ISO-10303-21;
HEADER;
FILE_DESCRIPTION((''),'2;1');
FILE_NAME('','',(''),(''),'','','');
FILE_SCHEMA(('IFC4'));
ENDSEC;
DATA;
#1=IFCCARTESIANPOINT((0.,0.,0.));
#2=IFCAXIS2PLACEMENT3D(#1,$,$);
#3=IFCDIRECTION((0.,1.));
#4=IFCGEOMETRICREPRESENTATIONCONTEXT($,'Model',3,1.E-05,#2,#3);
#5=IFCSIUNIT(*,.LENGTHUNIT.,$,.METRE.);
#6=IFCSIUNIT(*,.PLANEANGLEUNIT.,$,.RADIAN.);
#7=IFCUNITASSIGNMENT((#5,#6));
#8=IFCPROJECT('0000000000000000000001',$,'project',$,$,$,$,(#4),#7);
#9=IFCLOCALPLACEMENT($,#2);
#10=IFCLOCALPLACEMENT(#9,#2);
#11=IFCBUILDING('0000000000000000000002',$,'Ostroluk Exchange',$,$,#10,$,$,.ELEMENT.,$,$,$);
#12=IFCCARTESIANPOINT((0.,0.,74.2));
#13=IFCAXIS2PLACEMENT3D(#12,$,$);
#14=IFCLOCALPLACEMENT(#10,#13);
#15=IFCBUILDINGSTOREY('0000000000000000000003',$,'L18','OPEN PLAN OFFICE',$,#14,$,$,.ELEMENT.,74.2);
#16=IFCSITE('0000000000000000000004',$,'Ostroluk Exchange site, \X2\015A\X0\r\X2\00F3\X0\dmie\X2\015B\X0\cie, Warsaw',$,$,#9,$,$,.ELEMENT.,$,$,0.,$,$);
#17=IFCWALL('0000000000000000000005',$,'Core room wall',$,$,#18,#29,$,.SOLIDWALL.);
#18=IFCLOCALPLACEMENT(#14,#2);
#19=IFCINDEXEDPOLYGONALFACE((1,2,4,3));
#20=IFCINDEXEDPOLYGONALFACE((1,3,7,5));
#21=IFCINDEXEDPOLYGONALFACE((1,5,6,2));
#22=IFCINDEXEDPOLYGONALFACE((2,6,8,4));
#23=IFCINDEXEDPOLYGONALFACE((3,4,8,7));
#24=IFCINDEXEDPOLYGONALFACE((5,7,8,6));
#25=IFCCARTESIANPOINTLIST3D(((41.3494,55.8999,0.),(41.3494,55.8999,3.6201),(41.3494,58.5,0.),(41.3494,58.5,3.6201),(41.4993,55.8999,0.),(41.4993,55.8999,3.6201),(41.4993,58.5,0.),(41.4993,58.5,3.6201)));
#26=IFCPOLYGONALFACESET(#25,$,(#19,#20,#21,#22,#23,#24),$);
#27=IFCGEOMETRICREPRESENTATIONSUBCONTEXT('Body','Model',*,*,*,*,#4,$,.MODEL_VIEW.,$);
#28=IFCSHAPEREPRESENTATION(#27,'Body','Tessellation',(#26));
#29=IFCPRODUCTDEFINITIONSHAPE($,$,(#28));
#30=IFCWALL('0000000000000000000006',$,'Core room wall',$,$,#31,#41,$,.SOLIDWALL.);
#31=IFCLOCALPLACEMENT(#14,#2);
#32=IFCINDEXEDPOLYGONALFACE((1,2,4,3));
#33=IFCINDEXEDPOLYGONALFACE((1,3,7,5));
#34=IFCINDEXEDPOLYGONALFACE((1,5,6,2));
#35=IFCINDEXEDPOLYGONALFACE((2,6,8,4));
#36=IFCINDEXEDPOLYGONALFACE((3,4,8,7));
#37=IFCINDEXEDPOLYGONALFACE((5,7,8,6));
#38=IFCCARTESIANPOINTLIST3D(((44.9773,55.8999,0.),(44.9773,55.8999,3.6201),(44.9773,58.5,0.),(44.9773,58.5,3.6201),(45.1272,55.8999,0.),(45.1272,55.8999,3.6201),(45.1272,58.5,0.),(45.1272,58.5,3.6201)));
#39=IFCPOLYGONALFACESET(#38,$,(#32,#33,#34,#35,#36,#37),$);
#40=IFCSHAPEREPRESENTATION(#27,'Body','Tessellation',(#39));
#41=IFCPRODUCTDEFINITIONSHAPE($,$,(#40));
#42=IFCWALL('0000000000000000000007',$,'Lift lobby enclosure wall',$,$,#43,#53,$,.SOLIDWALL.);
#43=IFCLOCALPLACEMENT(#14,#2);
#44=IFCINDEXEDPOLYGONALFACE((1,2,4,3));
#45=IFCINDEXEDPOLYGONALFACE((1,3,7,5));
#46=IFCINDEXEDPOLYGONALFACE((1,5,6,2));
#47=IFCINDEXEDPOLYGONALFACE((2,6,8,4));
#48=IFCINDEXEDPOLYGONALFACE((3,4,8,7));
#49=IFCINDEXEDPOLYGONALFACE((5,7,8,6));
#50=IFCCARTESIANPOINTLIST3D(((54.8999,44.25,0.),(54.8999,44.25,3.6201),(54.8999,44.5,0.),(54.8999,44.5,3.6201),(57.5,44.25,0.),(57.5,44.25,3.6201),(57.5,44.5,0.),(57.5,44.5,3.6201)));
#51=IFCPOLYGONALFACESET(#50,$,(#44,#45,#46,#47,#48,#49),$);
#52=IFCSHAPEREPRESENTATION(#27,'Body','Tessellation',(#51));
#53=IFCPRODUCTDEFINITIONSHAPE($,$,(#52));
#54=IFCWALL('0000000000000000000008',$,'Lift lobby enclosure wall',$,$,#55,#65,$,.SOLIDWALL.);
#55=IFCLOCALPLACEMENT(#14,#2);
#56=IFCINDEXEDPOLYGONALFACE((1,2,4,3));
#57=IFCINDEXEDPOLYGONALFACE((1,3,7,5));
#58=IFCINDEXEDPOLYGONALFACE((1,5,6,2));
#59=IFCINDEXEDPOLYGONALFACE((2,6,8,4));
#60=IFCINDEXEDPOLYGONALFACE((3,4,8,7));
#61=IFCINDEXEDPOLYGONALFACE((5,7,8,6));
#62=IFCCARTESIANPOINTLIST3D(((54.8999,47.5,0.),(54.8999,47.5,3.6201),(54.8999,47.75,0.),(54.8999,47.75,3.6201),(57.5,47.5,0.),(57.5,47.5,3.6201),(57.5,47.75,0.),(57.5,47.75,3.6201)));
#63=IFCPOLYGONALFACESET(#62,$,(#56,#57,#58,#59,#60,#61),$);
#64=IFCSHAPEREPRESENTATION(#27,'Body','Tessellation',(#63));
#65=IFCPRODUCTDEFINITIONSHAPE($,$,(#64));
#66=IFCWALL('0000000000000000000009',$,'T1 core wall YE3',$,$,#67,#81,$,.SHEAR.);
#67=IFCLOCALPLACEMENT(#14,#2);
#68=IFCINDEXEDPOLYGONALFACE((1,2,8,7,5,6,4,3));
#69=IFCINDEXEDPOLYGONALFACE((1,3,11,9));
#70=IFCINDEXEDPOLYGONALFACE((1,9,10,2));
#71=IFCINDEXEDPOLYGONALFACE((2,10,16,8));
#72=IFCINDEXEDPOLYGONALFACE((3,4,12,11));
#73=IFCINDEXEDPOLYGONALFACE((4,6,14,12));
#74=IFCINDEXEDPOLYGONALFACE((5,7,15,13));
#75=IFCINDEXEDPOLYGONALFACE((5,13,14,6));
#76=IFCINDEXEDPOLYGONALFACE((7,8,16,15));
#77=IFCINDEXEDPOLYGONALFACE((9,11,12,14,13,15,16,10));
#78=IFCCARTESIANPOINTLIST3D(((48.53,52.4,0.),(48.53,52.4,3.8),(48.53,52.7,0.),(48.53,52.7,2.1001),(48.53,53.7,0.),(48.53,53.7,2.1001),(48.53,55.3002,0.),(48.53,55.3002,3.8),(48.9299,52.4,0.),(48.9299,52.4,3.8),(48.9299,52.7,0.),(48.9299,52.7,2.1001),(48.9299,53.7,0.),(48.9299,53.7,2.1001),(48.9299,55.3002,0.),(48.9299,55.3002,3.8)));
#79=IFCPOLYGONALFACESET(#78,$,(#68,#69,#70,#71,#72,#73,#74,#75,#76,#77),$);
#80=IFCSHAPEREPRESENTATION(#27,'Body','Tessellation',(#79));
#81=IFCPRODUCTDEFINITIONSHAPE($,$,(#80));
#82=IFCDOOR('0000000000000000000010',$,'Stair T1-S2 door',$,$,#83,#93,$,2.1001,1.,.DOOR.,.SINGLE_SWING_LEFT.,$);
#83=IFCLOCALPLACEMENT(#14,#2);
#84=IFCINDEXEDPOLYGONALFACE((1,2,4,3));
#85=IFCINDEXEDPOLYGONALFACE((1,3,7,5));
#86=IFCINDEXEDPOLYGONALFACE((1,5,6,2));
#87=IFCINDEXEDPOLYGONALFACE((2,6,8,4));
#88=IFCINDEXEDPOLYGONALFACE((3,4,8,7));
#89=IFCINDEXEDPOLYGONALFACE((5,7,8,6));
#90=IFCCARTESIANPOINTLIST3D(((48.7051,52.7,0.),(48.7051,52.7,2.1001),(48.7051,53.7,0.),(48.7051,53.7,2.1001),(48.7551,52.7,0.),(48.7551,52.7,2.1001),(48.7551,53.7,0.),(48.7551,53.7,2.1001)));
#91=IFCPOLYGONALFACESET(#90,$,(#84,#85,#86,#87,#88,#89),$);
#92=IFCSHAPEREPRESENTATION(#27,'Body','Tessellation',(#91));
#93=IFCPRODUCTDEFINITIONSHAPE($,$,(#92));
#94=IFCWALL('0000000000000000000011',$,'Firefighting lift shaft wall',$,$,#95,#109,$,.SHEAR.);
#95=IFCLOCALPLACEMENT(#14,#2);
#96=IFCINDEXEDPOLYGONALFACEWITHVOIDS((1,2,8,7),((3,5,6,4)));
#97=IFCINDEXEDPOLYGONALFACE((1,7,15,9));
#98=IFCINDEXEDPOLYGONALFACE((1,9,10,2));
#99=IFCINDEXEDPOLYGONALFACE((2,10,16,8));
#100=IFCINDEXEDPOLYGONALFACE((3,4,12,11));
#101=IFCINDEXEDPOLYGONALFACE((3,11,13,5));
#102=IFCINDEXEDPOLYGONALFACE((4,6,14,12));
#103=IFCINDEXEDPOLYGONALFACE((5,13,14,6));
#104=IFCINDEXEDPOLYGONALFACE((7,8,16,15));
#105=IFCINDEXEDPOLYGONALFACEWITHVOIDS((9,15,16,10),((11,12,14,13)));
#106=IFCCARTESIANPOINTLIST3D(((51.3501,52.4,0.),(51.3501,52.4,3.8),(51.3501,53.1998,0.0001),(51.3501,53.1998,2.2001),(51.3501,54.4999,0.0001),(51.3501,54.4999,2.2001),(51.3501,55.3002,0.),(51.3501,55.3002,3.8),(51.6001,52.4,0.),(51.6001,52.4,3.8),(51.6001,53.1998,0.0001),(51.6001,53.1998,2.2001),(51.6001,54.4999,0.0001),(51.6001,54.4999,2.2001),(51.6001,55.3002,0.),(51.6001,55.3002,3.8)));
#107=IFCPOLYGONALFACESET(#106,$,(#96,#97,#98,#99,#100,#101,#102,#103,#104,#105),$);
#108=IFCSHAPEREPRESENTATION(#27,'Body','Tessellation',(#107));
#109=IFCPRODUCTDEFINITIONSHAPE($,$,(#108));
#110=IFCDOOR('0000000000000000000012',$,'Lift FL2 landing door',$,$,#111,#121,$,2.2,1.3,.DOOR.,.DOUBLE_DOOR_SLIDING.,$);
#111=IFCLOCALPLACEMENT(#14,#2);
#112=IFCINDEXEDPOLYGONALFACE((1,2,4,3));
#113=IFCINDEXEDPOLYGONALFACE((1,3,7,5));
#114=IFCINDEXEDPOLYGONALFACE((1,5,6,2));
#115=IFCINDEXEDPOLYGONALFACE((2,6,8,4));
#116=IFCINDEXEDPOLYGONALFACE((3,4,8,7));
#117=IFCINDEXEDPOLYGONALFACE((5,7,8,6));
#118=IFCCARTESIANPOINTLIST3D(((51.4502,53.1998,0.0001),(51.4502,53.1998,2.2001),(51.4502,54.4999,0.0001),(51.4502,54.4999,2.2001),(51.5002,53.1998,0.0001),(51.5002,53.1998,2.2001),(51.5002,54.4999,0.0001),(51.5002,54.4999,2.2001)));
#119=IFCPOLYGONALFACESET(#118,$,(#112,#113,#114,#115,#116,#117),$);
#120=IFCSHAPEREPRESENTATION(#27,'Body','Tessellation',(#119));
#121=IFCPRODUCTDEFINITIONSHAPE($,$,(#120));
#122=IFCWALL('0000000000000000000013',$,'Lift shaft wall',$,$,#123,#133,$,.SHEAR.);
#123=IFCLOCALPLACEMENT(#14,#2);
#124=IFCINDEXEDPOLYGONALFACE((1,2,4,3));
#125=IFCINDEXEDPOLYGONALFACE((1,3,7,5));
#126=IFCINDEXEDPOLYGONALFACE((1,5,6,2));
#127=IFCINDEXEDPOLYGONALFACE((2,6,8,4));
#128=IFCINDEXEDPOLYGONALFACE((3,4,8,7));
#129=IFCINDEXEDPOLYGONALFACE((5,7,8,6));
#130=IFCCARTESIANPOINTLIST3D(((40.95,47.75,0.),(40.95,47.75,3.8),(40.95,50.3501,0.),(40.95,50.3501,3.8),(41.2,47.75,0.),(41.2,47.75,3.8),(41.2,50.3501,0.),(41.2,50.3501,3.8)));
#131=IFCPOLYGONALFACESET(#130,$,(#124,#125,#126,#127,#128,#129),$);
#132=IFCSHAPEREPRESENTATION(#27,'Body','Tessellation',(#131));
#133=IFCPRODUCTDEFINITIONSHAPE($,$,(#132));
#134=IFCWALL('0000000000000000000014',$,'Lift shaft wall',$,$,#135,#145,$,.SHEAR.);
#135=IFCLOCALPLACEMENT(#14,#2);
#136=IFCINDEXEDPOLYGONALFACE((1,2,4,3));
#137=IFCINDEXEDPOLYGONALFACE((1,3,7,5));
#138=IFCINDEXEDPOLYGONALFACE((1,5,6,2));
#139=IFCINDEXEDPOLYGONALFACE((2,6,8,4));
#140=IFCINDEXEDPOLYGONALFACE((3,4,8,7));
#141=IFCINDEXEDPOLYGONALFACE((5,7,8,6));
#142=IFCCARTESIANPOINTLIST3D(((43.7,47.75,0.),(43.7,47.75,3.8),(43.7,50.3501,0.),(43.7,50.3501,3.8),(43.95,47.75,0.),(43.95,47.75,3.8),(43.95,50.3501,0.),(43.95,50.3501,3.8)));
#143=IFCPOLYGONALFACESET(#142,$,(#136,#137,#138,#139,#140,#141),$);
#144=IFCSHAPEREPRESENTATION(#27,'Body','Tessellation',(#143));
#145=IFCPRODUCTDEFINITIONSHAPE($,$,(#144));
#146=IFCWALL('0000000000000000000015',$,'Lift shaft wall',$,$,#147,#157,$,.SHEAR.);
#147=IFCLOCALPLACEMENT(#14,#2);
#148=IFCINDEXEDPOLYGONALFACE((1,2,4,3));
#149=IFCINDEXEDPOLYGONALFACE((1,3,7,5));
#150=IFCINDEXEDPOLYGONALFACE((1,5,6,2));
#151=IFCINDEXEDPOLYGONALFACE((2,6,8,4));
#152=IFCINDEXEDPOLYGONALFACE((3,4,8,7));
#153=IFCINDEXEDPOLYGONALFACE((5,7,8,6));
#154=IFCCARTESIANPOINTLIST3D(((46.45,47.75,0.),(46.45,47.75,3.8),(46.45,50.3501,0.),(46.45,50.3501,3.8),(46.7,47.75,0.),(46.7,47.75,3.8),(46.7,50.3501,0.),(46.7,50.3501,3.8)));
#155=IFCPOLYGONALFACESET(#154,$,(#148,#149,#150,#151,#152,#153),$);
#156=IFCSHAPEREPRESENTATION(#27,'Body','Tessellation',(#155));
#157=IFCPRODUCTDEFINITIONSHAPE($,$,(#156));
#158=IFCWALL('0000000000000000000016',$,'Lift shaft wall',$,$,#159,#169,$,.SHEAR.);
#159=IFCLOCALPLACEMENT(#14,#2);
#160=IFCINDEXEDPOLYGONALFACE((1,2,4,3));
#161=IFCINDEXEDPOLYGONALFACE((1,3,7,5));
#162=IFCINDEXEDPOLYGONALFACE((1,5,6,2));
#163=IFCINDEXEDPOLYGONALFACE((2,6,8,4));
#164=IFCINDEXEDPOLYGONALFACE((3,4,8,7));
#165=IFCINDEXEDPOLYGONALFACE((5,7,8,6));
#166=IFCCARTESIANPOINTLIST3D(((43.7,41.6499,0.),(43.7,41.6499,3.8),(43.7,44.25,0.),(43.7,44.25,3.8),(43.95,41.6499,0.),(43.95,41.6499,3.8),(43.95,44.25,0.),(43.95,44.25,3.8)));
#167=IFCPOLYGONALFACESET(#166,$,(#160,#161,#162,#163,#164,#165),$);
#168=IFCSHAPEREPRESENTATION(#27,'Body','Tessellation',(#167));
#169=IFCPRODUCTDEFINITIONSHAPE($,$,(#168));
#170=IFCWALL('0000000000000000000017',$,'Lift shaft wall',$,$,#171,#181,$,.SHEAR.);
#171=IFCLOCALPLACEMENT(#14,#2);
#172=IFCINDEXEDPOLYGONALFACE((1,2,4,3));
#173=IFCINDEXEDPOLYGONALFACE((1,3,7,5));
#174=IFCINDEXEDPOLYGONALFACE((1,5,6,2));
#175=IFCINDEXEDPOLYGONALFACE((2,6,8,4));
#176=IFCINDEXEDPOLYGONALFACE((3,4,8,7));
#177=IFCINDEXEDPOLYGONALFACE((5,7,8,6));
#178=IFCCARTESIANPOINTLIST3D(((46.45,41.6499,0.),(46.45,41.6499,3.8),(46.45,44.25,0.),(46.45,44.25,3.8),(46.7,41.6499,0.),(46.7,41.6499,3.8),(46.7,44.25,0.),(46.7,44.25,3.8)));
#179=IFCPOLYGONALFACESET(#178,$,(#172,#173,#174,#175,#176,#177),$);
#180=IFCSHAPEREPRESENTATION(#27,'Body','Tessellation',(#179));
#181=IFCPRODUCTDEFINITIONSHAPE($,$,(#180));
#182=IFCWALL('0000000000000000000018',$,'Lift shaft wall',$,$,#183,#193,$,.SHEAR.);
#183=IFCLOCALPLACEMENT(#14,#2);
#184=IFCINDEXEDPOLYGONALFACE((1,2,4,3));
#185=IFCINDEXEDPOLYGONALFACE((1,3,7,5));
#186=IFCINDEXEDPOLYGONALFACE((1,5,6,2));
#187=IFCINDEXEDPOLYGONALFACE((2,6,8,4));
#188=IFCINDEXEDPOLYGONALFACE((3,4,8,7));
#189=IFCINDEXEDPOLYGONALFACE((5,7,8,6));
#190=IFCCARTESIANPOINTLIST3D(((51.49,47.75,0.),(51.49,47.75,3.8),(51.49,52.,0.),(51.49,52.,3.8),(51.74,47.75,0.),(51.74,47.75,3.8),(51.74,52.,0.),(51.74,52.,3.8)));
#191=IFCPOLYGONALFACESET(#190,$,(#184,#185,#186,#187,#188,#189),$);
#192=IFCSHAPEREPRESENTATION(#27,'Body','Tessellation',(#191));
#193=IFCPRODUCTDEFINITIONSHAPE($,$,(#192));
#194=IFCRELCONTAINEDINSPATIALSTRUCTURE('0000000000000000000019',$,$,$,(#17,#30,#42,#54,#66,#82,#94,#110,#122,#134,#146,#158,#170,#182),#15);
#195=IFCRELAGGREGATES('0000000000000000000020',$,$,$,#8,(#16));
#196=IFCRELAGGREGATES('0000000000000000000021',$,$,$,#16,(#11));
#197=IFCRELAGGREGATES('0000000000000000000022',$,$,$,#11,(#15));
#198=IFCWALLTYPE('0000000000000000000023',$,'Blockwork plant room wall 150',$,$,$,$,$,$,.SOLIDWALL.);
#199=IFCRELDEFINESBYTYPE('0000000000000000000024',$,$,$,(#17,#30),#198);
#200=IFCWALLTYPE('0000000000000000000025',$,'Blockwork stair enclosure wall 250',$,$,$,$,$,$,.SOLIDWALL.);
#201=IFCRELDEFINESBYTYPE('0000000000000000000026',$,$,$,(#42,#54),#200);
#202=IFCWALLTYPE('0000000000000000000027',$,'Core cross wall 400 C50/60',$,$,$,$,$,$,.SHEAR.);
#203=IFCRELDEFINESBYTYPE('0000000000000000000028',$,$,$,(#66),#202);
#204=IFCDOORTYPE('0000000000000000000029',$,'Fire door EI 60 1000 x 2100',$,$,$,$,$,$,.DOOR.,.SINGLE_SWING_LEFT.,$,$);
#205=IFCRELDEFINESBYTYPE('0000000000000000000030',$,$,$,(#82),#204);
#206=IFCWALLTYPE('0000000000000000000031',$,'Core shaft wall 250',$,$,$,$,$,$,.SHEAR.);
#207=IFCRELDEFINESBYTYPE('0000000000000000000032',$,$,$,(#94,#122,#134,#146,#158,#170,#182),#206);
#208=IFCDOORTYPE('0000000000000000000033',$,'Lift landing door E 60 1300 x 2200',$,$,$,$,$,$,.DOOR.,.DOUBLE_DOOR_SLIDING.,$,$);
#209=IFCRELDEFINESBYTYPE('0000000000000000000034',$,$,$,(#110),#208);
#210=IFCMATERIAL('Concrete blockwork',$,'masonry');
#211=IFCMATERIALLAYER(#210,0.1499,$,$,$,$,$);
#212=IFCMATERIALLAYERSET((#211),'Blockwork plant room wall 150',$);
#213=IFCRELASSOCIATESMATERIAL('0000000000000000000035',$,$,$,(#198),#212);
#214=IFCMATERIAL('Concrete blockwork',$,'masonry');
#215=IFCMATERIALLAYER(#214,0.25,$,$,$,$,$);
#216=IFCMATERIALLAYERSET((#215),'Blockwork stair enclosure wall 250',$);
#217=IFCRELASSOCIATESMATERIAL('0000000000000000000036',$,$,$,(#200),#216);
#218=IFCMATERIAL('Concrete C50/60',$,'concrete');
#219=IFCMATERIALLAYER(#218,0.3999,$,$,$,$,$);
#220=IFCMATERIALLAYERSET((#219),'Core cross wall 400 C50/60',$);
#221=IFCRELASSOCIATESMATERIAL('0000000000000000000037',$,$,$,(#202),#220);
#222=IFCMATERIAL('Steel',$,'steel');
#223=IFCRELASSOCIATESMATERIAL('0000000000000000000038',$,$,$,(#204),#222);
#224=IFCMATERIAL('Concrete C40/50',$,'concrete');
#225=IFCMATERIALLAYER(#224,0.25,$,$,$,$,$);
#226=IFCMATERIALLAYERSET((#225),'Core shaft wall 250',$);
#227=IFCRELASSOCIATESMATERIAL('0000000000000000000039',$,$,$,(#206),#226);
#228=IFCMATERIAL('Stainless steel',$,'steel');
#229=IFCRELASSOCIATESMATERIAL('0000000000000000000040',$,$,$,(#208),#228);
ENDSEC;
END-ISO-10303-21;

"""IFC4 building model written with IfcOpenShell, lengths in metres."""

from ifc_helpers import new_model, si_unit, direction, frame, frame_2d, origin, place, context, subcontext, project, spatial, rectangle, extrude, material, layer, layer_set, type_object, element, fill, save


model = new_model("IFC4")

# Units and contexts
model_context = context("Model", 3, precision=1e-05, world=origin(), true_north=direction((0.0, 1.0)))
body_context = subcontext(model_context, "Body", "Model", "MODEL_VIEW")
ifc_project = project(units=[si_unit("LENGTHUNIT", "METRE"), si_unit("PLANEANGLEUNIT", "RADIAN")], contexts=[model_context])

# Site, building, storey
site_placement = place(None, origin())
site = spatial("IfcSite", under=ifc_project, at=site_placement, Name="Ostroluk Exchange site, Śródmieście, Warsaw", CompositionType="ELEMENT", RefElevation=0.0)
building_placement = place(site_placement, origin())
building = spatial("IfcBuilding", under=site, at=building_placement, Name="Ostroluk Exchange", CompositionType="ELEMENT")
storey_placement = place(building_placement, frame((0.0, 0.0, 74.2)))
storey = spatial("IfcBuildingStorey", under=building, at=storey_placement, Name="L18", Description="OPEN PLAN OFFICE", CompositionType="ELEMENT", Elevation=74.2)

# Walls
ifc_material_1 = material(Name="Concrete blockwork", Category="masonry")
ifc_layer_1 = layer(ifc_material_1, 0.1499)
ifc_layer_set_1 = layer_set([ifc_layer_1], Name="Blockwork plant room wall 150")
wall_type_1 = type_object("IfcWallType", Name="Blockwork plant room wall 150", PredefinedType="SOLIDWALL", material=ifc_layer_set_1)
for number, where, z_axis, x_axis, name in (
    (1, (41.4243, 55.8999, 0.0), (0.0, 0.0, 1.0), (0.0, 1.0, 0.0), "Core room wall"),
    (2, (45.0522, 55.8999, 0.0), (0.0, 0.0, 1.0), (0.0, 1.0, 0.0), "Core room wall"),
):
    element("IfcWall", number, at=place(storey_placement, frame(where, z_axis=z_axis, x_axis=x_axis)), inside=storey, type_object=wall_type_1, Name=name, PredefinedType="SOLIDWALL", context=body_context, shape_type="SweptSolid", body=[
        extrude(rectangle(XDim=2.6001, YDim=0.1499, at=frame_2d((1.3, 0.0))), origin(), (0.0, 0.0, 1.0), 3.6201),
    ])
ifc_material_2 = material(Name="Concrete blockwork", Category="masonry")
ifc_layer_2 = layer(ifc_material_2, 0.25)
ifc_layer_set_2 = layer_set([ifc_layer_2], Name="Blockwork stair enclosure wall 250")
wall_type_2 = type_object("IfcWallType", Name="Blockwork stair enclosure wall 250", PredefinedType="SOLIDWALL", material=ifc_layer_set_2)
for number, where, z_axis, x_axis, name in (
    (3, (54.8999, 44.375, 0.0), (0.0, 0.0, 1.0), (1.0, 0.0, 0.0), "Lift lobby enclosure wall"),
    (4, (54.8999, 47.625, 0.0), (0.0, 0.0, 1.0), (1.0, 0.0, 0.0), "Lift lobby enclosure wall"),
):
    element("IfcWall", number, at=place(storey_placement, frame(where, z_axis=z_axis, x_axis=x_axis)), inside=storey, type_object=wall_type_2, Name=name, PredefinedType="SOLIDWALL", context=body_context, shape_type="SweptSolid", body=[
        extrude(rectangle(XDim=2.6001, YDim=0.25, at=frame_2d((1.3, 0.0))), origin(), (0.0, 0.0, 1.0), 3.6201),
    ])

# Walls, openings, doors
ifc_material_3 = material(Name="Concrete C50/60", Category="concrete")
ifc_layer_3 = layer(ifc_material_3, 0.3999)
ifc_layer_set_3 = layer_set([ifc_layer_3], Name="Core cross wall 400 C50/60")
wall_type_3 = type_object("IfcWallType", Name="Core cross wall 400 C50/60", PredefinedType="SHEAR", material=ifc_layer_set_3)
wall_1_placement = place(storey_placement, frame((48.73, 52.3999, 0.0), z_axis=(0.0, 0.0, 1.0), x_axis=(0.0, 1.0, 0.0)))
wall_1 = element("IfcWall", 5, at=wall_1_placement, inside=storey, type_object=wall_type_3, Name="T1 core wall YE3", PredefinedType="SHEAR", context=body_context, shape_type="SweptSolid", body=[
    extrude(rectangle(XDim=2.9001, YDim=0.3999, at=frame_2d((1.4502, 0.0))), origin(), (0.0, 0.0, 1.0), 3.8),
])
opening_1_placement = place(wall_1_placement, frame((0.3, 0.0, 0.0)))
opening_1 = element("IfcOpeningElement", 6, at=opening_1_placement, cuts=wall_1, PredefinedType="OPENING", context=body_context, shape_type="SweptSolid", body=[
    extrude(rectangle(XDim=1.0, YDim=2.1001, at=frame_2d((0.5, 1.05))), frame((0.0, 0.21, 0.0), z_axis=(0.0, -1.0, 0.0), x_axis=(1.0, 0.0, 0.0)), (0.0, 0.0, 1.0), 0.4199),
])
ifc_material_4 = material(Name="Steel", Category="steel")
door_type_1 = type_object("IfcDoorType", Name="Fire door EI 60 1000 x 2100", OperationType="SINGLE_SWING_LEFT", PredefinedType="DOOR", material=ifc_material_4)
door_1_placement = place(opening_1_placement, origin())
door_1 = element("IfcDoor", 7, at=door_1_placement, inside=storey, type_object=door_type_1, Name="Stair T1-S2 door", OperationType="SINGLE_SWING_LEFT", OverallHeight=2.1001, OverallWidth=1.0, PredefinedType="DOOR", context=body_context, shape_type="SweptSolid", body=[
    extrude(rectangle(XDim=1.0, YDim=2.1001, at=frame_2d((0.5, 1.05))), frame((0.0, 0.0249, 0.0), z_axis=(0.0, -1.0, 0.0), x_axis=(1.0, 0.0, 0.0)), (0.0, 0.0, 1.0), 0.05),
])
fill(opening_1, door_1)
ifc_material_5 = material(Name="Concrete C40/50", Category="concrete")
ifc_layer_4 = layer(ifc_material_5, 0.25)
ifc_layer_set_4 = layer_set([ifc_layer_4], Name="Core shaft wall 250")
wall_type_4 = type_object("IfcWallType", Name="Core shaft wall 250", PredefinedType="SHEAR", material=ifc_layer_set_4)
wall_2_placement = place(storey_placement, frame((51.4751, 52.3999, 0.0), z_axis=(0.0, 0.0, 1.0), x_axis=(0.0, 1.0, 0.0)))
wall_2 = element("IfcWall", 8, at=wall_2_placement, inside=storey, type_object=wall_type_4, Name="Firefighting lift shaft wall", PredefinedType="SHEAR", context=body_context, shape_type="SweptSolid", body=[
    extrude(rectangle(XDim=2.9001, YDim=0.25, at=frame_2d((1.4502, 0.0))), origin(), (0.0, 0.0, 1.0), 3.8),
])
opening_2_placement = place(wall_2_placement, frame((0.8, 0.0, 0.0)))
opening_2 = element("IfcOpeningElement", 9, at=opening_2_placement, cuts=wall_2, PredefinedType="OPENING", context=body_context, shape_type="SweptSolid", body=[
    extrude(rectangle(XDim=1.3, YDim=2.2, at=frame_2d((0.6499, 1.1001))), frame((0.0, 0.135, 0.0), z_axis=(0.0, -1.0, 0.0), x_axis=(1.0, 0.0, 0.0)), (0.0, 0.0, 1.0), 0.27),
])
ifc_material_6 = material(Name="Stainless steel", Category="steel")
door_type_2 = type_object("IfcDoorType", Name="Lift landing door E 60 1300 x 2200", OperationType="DOUBLE_DOOR_SLIDING", PredefinedType="DOOR", material=ifc_material_6)
door_2_placement = place(opening_2_placement, origin())
door_2 = element("IfcDoor", 10, at=door_2_placement, inside=storey, type_object=door_type_2, Name="Lift FL2 landing door", OperationType="DOUBLE_DOOR_SLIDING", OverallHeight=2.2, OverallWidth=1.3, PredefinedType="DOOR", context=body_context, shape_type="SweptSolid", body=[
    extrude(rectangle(XDim=1.3, YDim=2.2, at=frame_2d((0.6499, 1.1001))), frame((0.0, 0.0249, 0.0), z_axis=(0.0, -1.0, 0.0), x_axis=(1.0, 0.0, 0.0)), (0.0, 0.0, 1.0), 0.05),
])
fill(opening_2, door_2)

# Walls
for number, where, z_axis, x_axis, name in (
    (11, (41.075, 47.75, 0.0), (0.0, 0.0, 1.0), (0.0, 1.0, 0.0), "Lift shaft wall"),
    (12, (43.825, 47.75, 0.0), (0.0, 0.0, 1.0), (0.0, 1.0, 0.0), "Lift shaft wall"),
    (13, (46.575, 47.75, 0.0), (0.0, 0.0, 1.0), (0.0, 1.0, 0.0), "Lift shaft wall"),
    (14, (43.825, 44.25, 0.0), (0.0, 0.0, 1.0), (0.0, -1.0, 0.0), "Lift shaft wall"),
    (15, (46.575, 44.25, 0.0), (0.0, 0.0, 1.0), (0.0, -1.0, 0.0), "Lift shaft wall"),
):
    element("IfcWall", number, at=place(storey_placement, frame(where, z_axis=z_axis, x_axis=x_axis)), inside=storey, type_object=wall_type_4, Name=name, PredefinedType="SHEAR", context=body_context, shape_type="SweptSolid", body=[
        extrude(rectangle(XDim=2.6001, YDim=0.25, at=frame_2d((1.3, 0.0))), origin(), (0.0, 0.0, 1.0), 3.8),
    ])
wall_3_placement = place(storey_placement, frame((51.615, 47.75, 0.0), z_axis=(0.0, 0.0, 1.0), x_axis=(0.0, 1.0, 0.0)))
element("IfcWall", 16, at=wall_3_placement, inside=storey, type_object=wall_type_4, Name="Lift shaft wall", PredefinedType="SHEAR", context=body_context, shape_type="SweptSolid", body=[
    extrude(rectangle(XDim=4.25, YDim=0.25, at=frame_2d((2.125, 0.0))), origin(), (0.0, 0.0, 1.0), 3.8),
])

save(model, "model.ifc")
